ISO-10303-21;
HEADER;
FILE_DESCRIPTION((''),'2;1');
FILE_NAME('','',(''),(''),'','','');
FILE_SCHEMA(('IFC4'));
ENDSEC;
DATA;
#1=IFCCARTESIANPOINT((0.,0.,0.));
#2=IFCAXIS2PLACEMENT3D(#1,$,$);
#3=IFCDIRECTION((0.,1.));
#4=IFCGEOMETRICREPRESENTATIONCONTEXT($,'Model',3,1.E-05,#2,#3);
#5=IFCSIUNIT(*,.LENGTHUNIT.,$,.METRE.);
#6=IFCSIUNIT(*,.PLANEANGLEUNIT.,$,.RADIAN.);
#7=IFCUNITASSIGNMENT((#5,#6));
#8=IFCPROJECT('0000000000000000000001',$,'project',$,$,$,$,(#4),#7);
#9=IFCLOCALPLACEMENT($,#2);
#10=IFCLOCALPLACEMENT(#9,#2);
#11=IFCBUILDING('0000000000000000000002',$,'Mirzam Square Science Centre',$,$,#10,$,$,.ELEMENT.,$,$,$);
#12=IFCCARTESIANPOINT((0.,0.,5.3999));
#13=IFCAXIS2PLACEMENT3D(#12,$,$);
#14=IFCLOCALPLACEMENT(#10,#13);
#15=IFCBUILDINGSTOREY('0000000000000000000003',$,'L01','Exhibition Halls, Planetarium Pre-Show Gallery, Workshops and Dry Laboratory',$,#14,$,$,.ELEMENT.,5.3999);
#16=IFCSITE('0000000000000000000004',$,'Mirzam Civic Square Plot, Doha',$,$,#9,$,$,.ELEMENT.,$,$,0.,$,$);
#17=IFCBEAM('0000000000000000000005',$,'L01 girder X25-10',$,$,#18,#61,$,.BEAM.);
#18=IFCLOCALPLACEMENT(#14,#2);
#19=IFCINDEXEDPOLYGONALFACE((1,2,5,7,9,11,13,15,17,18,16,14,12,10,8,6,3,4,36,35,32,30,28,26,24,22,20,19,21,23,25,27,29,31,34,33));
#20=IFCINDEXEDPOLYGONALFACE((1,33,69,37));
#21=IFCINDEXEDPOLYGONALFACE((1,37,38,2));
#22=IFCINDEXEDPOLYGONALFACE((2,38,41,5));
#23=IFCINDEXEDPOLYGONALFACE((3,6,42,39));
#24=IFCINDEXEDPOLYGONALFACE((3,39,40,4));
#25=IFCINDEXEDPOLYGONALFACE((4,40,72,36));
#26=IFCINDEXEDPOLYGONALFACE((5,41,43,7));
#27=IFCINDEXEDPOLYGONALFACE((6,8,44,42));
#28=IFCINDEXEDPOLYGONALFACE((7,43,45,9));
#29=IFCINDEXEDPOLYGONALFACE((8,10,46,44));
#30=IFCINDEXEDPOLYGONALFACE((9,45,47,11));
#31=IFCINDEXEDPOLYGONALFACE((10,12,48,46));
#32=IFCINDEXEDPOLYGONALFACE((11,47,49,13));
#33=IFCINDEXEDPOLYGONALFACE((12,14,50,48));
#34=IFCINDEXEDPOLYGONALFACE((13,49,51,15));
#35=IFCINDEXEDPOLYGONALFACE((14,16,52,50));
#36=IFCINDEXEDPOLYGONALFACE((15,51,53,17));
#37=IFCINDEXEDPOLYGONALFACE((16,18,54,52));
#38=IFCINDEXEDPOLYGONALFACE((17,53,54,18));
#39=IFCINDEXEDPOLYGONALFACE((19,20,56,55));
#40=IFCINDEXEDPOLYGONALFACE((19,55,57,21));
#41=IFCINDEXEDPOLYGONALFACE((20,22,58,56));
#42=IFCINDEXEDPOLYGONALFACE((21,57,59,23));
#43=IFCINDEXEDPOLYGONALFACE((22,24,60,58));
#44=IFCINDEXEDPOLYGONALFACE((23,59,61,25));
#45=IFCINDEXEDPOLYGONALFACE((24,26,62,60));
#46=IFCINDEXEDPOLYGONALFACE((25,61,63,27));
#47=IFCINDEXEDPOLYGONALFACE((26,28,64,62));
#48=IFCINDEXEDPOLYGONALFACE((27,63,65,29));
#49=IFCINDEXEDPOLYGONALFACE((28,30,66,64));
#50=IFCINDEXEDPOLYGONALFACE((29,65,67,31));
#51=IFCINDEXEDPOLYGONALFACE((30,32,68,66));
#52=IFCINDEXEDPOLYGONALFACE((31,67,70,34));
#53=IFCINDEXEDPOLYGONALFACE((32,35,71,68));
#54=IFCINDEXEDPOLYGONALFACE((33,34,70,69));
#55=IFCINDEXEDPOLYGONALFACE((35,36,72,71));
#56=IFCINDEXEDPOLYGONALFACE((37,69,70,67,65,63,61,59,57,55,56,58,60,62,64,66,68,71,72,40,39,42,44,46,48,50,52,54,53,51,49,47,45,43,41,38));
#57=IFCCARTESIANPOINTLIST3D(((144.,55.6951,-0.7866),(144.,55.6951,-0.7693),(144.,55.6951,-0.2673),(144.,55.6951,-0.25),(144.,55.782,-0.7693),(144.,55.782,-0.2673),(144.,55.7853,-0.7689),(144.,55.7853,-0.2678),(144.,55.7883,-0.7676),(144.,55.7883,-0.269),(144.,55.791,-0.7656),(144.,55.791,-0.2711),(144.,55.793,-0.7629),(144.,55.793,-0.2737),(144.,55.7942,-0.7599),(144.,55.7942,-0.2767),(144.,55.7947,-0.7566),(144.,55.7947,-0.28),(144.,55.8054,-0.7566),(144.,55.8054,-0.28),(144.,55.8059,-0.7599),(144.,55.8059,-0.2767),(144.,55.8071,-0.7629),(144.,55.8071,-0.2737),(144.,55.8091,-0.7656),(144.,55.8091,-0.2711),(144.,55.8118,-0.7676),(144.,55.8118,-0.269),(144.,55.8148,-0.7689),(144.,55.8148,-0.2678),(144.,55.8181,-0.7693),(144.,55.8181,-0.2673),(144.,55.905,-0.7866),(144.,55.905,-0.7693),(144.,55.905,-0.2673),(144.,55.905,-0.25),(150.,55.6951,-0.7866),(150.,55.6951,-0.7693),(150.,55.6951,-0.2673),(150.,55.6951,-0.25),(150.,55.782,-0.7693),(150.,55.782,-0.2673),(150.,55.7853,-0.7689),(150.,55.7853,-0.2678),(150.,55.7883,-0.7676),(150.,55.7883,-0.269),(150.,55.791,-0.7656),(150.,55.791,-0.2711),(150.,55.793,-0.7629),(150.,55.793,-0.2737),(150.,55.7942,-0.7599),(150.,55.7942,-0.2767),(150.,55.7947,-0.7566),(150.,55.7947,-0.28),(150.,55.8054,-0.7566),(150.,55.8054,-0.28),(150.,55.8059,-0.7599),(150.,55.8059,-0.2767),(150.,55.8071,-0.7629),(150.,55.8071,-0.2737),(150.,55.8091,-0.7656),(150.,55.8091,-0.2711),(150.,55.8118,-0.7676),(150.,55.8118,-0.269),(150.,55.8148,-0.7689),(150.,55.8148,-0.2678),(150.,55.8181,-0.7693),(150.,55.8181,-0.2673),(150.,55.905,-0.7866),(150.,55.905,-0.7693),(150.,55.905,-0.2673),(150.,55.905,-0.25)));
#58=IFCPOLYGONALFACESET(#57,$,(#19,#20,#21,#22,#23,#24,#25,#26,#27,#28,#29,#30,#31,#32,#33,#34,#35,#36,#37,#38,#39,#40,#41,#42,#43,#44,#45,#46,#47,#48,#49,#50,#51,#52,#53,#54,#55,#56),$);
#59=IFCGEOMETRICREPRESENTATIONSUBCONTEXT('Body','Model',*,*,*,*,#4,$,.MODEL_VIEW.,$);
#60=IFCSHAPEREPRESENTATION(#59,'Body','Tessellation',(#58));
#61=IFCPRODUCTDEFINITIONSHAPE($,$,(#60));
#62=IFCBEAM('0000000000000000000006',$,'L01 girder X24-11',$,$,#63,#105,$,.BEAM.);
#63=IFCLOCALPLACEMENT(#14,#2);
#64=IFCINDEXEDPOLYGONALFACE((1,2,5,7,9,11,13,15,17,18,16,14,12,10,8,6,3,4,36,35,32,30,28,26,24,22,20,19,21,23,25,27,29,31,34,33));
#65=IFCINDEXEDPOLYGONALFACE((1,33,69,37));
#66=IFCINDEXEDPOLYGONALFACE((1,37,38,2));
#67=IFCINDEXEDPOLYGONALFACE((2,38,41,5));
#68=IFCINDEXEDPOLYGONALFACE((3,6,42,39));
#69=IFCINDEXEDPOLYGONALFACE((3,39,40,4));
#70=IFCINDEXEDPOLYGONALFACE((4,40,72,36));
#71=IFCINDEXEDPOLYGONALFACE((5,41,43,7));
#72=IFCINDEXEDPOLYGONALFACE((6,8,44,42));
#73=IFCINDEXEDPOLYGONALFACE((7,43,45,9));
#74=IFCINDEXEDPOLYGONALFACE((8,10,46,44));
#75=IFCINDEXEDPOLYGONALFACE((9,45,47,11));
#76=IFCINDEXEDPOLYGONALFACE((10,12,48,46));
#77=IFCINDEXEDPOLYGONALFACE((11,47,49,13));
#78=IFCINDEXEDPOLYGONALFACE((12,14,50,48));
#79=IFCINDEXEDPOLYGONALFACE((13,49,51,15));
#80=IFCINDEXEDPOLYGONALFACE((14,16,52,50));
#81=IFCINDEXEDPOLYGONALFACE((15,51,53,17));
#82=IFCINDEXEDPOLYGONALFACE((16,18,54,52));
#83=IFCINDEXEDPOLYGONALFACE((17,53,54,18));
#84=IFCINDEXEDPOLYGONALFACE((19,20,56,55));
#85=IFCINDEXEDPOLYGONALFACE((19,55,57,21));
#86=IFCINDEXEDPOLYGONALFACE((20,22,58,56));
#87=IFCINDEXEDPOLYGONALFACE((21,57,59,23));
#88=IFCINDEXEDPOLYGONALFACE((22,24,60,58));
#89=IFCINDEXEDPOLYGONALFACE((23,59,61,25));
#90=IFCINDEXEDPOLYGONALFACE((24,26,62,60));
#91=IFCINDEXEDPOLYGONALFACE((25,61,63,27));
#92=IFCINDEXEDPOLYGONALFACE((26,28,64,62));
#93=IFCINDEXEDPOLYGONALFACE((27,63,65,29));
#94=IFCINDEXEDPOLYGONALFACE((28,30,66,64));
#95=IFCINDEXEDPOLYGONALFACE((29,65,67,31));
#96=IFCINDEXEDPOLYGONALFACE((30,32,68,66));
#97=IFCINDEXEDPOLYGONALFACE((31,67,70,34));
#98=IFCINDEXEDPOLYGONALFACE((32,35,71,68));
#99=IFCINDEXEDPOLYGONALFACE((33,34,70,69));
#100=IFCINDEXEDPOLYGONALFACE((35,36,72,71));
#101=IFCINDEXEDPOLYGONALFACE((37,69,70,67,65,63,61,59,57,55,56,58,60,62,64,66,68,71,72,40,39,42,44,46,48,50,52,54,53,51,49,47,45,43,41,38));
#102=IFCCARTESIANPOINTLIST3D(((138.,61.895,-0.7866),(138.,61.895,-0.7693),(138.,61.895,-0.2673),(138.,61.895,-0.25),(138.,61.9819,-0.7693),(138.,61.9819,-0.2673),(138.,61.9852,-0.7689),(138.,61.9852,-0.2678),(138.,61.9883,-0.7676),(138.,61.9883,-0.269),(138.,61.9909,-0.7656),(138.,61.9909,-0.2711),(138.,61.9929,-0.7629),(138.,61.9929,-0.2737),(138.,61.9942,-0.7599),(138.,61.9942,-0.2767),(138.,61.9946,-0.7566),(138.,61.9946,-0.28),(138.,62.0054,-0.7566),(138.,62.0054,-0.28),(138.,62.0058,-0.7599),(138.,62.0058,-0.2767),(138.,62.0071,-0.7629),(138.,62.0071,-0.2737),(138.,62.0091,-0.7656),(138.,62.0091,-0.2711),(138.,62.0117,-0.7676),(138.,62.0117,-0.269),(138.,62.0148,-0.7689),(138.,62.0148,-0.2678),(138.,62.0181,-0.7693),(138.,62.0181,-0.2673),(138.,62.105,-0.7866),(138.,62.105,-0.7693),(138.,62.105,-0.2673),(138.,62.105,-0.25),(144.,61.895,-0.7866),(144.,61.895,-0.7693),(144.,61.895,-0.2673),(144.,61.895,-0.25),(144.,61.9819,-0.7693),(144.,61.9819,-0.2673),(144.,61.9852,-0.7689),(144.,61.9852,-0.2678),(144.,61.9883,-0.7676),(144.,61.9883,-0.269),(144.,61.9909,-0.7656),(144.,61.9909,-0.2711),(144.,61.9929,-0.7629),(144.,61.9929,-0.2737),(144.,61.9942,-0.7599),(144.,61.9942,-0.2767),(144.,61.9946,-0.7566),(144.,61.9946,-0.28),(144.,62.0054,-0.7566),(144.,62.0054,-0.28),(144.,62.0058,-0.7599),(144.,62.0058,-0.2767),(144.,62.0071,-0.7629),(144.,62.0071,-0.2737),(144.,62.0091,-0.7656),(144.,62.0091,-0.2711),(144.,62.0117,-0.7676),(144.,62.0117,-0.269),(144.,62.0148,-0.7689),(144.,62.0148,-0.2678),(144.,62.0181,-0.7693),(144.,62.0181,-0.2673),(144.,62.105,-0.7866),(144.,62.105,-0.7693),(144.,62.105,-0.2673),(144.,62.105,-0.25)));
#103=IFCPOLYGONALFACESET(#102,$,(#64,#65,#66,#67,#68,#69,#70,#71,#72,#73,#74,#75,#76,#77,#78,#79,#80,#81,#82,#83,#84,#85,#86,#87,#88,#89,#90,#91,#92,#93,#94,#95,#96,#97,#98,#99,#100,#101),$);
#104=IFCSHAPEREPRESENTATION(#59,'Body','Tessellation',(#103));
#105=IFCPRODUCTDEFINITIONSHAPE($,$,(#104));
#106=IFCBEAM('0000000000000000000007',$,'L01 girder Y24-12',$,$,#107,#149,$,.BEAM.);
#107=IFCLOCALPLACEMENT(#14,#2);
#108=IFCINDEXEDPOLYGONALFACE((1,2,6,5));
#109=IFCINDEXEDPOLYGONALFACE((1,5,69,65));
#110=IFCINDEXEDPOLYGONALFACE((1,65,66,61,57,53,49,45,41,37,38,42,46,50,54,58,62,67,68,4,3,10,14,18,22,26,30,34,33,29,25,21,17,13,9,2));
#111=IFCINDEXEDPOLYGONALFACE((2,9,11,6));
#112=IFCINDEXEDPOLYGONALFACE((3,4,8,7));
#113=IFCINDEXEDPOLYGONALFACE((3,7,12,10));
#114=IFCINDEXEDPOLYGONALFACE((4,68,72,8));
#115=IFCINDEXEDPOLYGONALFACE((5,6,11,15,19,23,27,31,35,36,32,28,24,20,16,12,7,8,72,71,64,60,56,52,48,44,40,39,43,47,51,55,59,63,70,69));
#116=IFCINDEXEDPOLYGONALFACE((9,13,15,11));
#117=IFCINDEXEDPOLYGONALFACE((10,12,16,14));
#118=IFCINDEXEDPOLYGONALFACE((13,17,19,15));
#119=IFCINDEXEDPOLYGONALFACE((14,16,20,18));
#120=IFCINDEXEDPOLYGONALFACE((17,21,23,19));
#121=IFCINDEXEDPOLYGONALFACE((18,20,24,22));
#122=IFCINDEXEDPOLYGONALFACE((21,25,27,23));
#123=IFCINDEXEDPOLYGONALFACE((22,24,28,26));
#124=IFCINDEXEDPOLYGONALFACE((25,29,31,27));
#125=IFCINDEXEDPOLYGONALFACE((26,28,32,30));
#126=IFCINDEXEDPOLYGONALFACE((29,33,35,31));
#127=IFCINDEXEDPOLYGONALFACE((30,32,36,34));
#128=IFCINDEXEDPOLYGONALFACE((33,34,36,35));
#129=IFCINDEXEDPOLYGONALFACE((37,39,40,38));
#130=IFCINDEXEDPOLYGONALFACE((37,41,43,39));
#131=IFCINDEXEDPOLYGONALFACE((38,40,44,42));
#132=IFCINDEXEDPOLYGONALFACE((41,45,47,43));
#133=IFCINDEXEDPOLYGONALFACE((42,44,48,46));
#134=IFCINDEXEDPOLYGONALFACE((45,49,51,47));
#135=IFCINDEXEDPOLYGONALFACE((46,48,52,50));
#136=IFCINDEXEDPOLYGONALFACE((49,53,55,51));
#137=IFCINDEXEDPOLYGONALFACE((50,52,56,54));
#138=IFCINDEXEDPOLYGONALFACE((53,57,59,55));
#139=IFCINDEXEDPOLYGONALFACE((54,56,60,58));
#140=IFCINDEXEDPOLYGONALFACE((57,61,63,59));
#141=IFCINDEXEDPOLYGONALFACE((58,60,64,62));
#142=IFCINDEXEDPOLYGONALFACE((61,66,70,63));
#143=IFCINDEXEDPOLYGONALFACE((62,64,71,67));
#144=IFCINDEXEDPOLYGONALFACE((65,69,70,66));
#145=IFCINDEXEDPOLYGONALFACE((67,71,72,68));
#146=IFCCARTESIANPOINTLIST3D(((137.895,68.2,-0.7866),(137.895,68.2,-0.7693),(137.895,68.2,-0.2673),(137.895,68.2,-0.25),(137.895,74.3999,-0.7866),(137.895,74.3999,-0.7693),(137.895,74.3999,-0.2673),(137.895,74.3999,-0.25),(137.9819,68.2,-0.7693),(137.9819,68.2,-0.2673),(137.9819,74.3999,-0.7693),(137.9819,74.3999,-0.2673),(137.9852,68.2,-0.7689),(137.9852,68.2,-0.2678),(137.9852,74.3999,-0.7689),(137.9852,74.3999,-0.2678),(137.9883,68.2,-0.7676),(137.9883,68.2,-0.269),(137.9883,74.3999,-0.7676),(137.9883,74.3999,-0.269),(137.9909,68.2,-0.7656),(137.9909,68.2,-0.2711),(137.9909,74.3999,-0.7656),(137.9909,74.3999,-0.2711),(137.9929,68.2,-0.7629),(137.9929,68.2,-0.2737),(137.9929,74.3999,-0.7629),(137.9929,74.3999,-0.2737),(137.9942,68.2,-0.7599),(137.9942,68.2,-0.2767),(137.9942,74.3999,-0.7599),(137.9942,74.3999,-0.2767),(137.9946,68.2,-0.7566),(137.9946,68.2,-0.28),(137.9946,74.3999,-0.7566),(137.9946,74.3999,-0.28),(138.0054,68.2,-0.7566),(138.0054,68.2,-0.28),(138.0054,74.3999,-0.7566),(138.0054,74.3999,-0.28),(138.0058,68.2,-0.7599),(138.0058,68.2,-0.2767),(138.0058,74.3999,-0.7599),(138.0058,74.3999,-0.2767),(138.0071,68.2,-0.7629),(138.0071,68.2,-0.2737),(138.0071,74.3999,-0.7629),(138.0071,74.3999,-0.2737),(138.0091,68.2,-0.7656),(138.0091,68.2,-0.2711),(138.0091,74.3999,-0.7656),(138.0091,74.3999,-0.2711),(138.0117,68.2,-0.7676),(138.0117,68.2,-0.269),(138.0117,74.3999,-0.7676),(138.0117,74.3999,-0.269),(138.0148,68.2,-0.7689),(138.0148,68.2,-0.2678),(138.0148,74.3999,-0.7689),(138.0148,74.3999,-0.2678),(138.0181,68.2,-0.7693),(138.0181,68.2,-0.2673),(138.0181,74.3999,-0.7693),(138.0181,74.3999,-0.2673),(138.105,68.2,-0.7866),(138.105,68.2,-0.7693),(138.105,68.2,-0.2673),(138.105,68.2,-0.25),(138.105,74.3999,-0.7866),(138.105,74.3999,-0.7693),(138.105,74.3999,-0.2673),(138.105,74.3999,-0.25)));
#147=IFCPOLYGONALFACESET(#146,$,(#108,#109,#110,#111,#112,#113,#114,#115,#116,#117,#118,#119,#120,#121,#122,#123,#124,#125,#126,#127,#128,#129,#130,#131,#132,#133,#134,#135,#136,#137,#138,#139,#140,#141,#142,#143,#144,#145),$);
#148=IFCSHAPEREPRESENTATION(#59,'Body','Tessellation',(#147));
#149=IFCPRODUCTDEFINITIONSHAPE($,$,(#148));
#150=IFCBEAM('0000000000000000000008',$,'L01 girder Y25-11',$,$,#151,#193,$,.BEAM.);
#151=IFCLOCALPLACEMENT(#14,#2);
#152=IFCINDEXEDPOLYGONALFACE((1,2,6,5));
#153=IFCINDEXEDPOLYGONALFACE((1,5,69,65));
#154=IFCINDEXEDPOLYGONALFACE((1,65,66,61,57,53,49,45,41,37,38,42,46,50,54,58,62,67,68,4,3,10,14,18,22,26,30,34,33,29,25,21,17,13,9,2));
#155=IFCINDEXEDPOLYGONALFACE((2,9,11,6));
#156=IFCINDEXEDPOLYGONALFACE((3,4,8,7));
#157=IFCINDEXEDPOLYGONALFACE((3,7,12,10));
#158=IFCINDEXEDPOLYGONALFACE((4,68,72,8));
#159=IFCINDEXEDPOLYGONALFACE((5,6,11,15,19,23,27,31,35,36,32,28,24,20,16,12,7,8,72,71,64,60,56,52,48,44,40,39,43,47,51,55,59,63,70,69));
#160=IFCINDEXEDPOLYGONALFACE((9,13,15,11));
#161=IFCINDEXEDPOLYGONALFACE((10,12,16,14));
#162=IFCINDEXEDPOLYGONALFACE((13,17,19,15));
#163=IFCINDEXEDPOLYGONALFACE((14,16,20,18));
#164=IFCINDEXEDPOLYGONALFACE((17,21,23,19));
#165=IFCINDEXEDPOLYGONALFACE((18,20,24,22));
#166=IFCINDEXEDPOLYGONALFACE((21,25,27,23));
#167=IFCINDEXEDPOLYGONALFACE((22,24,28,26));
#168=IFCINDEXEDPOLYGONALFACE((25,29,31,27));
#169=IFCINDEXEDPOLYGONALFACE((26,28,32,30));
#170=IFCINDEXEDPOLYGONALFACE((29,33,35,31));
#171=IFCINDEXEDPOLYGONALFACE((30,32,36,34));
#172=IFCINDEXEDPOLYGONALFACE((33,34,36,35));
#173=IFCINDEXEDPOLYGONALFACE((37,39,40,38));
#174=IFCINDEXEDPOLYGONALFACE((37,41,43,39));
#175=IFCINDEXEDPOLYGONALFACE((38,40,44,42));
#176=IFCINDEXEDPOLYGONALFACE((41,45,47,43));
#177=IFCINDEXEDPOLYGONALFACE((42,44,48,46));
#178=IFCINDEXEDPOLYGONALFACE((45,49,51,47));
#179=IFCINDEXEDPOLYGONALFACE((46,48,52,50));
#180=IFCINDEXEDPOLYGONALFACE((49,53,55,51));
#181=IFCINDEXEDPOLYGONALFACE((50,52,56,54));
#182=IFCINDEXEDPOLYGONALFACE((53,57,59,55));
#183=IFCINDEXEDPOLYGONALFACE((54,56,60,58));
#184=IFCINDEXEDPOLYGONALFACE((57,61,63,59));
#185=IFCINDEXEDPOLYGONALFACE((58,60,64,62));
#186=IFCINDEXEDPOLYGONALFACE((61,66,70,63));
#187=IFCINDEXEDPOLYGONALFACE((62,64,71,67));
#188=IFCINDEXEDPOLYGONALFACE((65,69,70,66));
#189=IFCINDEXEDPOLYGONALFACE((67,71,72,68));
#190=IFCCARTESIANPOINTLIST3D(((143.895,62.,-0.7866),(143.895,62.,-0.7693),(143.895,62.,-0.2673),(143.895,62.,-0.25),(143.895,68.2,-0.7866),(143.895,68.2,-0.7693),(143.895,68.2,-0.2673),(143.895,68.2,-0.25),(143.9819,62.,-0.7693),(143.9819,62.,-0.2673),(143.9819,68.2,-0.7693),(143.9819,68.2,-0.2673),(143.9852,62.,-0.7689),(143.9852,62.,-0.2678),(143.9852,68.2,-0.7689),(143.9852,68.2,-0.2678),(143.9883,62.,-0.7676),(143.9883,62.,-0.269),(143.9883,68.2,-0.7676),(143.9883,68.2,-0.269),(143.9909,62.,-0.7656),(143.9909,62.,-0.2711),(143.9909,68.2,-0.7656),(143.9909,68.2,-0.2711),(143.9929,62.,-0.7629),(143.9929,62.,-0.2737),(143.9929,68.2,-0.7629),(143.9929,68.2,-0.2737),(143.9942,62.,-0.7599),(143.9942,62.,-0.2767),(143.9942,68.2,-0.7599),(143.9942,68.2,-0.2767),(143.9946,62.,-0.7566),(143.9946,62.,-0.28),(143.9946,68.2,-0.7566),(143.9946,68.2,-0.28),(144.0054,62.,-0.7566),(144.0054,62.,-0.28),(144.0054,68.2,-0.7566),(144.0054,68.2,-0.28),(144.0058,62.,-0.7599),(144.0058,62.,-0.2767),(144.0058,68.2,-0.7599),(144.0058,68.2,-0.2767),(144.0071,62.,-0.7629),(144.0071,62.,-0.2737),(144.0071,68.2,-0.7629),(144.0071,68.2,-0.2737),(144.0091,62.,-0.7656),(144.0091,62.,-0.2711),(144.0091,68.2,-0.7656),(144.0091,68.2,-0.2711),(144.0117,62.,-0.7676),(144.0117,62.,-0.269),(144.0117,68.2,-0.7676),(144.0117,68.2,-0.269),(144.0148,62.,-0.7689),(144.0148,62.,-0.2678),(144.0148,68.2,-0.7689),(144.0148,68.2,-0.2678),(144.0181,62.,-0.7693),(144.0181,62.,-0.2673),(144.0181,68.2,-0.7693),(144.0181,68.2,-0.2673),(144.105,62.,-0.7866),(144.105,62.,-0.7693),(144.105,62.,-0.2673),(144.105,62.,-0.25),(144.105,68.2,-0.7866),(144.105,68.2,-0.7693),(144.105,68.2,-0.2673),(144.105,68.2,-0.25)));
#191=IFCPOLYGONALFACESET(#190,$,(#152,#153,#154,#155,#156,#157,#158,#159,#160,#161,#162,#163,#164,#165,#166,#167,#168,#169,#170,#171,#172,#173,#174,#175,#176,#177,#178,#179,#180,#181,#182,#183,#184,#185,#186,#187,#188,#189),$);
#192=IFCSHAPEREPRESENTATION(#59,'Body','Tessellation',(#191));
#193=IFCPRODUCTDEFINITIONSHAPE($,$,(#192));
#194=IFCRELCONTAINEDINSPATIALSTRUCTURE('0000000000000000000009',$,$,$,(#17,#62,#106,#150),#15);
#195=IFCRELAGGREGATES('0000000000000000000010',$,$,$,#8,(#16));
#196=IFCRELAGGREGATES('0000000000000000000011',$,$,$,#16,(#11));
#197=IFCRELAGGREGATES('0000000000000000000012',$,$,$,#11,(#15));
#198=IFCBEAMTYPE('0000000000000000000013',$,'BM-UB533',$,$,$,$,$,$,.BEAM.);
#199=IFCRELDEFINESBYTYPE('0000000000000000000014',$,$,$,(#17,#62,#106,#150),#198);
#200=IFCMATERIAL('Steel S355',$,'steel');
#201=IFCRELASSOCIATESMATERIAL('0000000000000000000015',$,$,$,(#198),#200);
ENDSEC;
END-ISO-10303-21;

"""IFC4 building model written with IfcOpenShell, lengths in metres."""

from ifc_helpers import new_model, si_unit, direction, frame, origin, origin_2d, place, context, subcontext, project, spatial, i_section, extrude, material, material_profile, profile_set, type_object, element, save


model = new_model("IFC4")

# Units and contexts
model_context = context("Model", 3, precision=1e-05, world=origin(), true_north=direction((0.0, 1.0)))
body_context = subcontext(model_context, "Body", "Model", "MODEL_VIEW")
ifc_project = project(units=[si_unit("LENGTHUNIT", "METRE"), si_unit("PLANEANGLEUNIT", "RADIAN")], contexts=[model_context])

# Site, building, storey
site_placement = place(None, origin())
site = spatial("IfcSite", under=ifc_project, at=site_placement, Name="Mirzam Civic Square Plot, Doha", CompositionType="ELEMENT", RefElevation=0.0)
building_placement = place(site_placement, origin())
building = spatial("IfcBuilding", under=site, at=building_placement, Name="Mirzam Square Science Centre", CompositionType="ELEMENT")
storey_placement = place(building_placement, frame((0.0, 0.0, 5.3999)))
storey = spatial("IfcBuildingStorey", under=building, at=storey_placement, Name="L01", Description="Exhibition Halls, Planetarium Pre-Show Gallery, Workshops and Dry Laboratory", CompositionType="ELEMENT", Elevation=5.3999)

# Shared definitions
ifc_material = material(Name="Steel S355", Category="steel")

# Beams
ifc_material_profile_1 = material_profile(ifc_material, i_section(OverallWidth=0.21, OverallDepth=0.5366, WebThickness=0.0107, FlangeThickness=0.0173, FilletRadius=0.0127, at=origin_2d()), Name="533x210x101UB")
ifc_profile_set_1 = profile_set([ifc_material_profile_1], Name="Steel S355")
beam_type_1 = type_object("IfcBeamType", Name="BM-UB533", PredefinedType="BEAM", material=ifc_profile_set_1)
for number, where, z_axis, x_axis, name in (
    (1, (144.0, 55.8, -0.5183), (1.0, 0.0, 0.0), (0.0, 1.0, 0.0), "L01 girder X25-10"),
    (2, (138.0, 62.0, -0.5183), (1.0, 0.0, 0.0), (0.0, 1.0, 0.0), "L01 girder X24-11"),
):
    element("IfcBeam", number, at=place(storey_placement, frame(where, z_axis=z_axis, x_axis=x_axis)), inside=storey, type_object=beam_type_1, Name=name, PredefinedType="BEAM", context=body_context, shape_type="SweptSolid", body=[
        extrude(i_section(OverallWidth=0.21, OverallDepth=0.5366, WebThickness=0.0107, FlangeThickness=0.0173, FilletRadius=0.0127, at=origin_2d()), origin(), (0.0, 0.0, 1.0), 6.0),
    ])
for number, where, z_axis, x_axis, name in (
    (3, (138.0, 68.2, -0.5183), (0.0, 1.0, 0.0), (-1.0, 0.0, 0.0), "L01 girder Y24-12"),
    (4, (144.0, 62.0, -0.5183), (0.0, 1.0, 0.0), (-1.0, 0.0, 0.0), "L01 girder Y25-11"),
):
    element("IfcBeam", number, at=place(storey_placement, frame(where, z_axis=z_axis, x_axis=x_axis)), inside=storey, type_object=beam_type_1, Name=name, PredefinedType="BEAM", context=body_context, shape_type="SweptSolid", body=[
        extrude(i_section(OverallWidth=0.21, OverallDepth=0.5366, WebThickness=0.0107, FlangeThickness=0.0173, FilletRadius=0.0127, at=origin_2d()), origin(), (0.0, 0.0, 1.0), 6.2),
    ])

save(model, "model.ifc")
